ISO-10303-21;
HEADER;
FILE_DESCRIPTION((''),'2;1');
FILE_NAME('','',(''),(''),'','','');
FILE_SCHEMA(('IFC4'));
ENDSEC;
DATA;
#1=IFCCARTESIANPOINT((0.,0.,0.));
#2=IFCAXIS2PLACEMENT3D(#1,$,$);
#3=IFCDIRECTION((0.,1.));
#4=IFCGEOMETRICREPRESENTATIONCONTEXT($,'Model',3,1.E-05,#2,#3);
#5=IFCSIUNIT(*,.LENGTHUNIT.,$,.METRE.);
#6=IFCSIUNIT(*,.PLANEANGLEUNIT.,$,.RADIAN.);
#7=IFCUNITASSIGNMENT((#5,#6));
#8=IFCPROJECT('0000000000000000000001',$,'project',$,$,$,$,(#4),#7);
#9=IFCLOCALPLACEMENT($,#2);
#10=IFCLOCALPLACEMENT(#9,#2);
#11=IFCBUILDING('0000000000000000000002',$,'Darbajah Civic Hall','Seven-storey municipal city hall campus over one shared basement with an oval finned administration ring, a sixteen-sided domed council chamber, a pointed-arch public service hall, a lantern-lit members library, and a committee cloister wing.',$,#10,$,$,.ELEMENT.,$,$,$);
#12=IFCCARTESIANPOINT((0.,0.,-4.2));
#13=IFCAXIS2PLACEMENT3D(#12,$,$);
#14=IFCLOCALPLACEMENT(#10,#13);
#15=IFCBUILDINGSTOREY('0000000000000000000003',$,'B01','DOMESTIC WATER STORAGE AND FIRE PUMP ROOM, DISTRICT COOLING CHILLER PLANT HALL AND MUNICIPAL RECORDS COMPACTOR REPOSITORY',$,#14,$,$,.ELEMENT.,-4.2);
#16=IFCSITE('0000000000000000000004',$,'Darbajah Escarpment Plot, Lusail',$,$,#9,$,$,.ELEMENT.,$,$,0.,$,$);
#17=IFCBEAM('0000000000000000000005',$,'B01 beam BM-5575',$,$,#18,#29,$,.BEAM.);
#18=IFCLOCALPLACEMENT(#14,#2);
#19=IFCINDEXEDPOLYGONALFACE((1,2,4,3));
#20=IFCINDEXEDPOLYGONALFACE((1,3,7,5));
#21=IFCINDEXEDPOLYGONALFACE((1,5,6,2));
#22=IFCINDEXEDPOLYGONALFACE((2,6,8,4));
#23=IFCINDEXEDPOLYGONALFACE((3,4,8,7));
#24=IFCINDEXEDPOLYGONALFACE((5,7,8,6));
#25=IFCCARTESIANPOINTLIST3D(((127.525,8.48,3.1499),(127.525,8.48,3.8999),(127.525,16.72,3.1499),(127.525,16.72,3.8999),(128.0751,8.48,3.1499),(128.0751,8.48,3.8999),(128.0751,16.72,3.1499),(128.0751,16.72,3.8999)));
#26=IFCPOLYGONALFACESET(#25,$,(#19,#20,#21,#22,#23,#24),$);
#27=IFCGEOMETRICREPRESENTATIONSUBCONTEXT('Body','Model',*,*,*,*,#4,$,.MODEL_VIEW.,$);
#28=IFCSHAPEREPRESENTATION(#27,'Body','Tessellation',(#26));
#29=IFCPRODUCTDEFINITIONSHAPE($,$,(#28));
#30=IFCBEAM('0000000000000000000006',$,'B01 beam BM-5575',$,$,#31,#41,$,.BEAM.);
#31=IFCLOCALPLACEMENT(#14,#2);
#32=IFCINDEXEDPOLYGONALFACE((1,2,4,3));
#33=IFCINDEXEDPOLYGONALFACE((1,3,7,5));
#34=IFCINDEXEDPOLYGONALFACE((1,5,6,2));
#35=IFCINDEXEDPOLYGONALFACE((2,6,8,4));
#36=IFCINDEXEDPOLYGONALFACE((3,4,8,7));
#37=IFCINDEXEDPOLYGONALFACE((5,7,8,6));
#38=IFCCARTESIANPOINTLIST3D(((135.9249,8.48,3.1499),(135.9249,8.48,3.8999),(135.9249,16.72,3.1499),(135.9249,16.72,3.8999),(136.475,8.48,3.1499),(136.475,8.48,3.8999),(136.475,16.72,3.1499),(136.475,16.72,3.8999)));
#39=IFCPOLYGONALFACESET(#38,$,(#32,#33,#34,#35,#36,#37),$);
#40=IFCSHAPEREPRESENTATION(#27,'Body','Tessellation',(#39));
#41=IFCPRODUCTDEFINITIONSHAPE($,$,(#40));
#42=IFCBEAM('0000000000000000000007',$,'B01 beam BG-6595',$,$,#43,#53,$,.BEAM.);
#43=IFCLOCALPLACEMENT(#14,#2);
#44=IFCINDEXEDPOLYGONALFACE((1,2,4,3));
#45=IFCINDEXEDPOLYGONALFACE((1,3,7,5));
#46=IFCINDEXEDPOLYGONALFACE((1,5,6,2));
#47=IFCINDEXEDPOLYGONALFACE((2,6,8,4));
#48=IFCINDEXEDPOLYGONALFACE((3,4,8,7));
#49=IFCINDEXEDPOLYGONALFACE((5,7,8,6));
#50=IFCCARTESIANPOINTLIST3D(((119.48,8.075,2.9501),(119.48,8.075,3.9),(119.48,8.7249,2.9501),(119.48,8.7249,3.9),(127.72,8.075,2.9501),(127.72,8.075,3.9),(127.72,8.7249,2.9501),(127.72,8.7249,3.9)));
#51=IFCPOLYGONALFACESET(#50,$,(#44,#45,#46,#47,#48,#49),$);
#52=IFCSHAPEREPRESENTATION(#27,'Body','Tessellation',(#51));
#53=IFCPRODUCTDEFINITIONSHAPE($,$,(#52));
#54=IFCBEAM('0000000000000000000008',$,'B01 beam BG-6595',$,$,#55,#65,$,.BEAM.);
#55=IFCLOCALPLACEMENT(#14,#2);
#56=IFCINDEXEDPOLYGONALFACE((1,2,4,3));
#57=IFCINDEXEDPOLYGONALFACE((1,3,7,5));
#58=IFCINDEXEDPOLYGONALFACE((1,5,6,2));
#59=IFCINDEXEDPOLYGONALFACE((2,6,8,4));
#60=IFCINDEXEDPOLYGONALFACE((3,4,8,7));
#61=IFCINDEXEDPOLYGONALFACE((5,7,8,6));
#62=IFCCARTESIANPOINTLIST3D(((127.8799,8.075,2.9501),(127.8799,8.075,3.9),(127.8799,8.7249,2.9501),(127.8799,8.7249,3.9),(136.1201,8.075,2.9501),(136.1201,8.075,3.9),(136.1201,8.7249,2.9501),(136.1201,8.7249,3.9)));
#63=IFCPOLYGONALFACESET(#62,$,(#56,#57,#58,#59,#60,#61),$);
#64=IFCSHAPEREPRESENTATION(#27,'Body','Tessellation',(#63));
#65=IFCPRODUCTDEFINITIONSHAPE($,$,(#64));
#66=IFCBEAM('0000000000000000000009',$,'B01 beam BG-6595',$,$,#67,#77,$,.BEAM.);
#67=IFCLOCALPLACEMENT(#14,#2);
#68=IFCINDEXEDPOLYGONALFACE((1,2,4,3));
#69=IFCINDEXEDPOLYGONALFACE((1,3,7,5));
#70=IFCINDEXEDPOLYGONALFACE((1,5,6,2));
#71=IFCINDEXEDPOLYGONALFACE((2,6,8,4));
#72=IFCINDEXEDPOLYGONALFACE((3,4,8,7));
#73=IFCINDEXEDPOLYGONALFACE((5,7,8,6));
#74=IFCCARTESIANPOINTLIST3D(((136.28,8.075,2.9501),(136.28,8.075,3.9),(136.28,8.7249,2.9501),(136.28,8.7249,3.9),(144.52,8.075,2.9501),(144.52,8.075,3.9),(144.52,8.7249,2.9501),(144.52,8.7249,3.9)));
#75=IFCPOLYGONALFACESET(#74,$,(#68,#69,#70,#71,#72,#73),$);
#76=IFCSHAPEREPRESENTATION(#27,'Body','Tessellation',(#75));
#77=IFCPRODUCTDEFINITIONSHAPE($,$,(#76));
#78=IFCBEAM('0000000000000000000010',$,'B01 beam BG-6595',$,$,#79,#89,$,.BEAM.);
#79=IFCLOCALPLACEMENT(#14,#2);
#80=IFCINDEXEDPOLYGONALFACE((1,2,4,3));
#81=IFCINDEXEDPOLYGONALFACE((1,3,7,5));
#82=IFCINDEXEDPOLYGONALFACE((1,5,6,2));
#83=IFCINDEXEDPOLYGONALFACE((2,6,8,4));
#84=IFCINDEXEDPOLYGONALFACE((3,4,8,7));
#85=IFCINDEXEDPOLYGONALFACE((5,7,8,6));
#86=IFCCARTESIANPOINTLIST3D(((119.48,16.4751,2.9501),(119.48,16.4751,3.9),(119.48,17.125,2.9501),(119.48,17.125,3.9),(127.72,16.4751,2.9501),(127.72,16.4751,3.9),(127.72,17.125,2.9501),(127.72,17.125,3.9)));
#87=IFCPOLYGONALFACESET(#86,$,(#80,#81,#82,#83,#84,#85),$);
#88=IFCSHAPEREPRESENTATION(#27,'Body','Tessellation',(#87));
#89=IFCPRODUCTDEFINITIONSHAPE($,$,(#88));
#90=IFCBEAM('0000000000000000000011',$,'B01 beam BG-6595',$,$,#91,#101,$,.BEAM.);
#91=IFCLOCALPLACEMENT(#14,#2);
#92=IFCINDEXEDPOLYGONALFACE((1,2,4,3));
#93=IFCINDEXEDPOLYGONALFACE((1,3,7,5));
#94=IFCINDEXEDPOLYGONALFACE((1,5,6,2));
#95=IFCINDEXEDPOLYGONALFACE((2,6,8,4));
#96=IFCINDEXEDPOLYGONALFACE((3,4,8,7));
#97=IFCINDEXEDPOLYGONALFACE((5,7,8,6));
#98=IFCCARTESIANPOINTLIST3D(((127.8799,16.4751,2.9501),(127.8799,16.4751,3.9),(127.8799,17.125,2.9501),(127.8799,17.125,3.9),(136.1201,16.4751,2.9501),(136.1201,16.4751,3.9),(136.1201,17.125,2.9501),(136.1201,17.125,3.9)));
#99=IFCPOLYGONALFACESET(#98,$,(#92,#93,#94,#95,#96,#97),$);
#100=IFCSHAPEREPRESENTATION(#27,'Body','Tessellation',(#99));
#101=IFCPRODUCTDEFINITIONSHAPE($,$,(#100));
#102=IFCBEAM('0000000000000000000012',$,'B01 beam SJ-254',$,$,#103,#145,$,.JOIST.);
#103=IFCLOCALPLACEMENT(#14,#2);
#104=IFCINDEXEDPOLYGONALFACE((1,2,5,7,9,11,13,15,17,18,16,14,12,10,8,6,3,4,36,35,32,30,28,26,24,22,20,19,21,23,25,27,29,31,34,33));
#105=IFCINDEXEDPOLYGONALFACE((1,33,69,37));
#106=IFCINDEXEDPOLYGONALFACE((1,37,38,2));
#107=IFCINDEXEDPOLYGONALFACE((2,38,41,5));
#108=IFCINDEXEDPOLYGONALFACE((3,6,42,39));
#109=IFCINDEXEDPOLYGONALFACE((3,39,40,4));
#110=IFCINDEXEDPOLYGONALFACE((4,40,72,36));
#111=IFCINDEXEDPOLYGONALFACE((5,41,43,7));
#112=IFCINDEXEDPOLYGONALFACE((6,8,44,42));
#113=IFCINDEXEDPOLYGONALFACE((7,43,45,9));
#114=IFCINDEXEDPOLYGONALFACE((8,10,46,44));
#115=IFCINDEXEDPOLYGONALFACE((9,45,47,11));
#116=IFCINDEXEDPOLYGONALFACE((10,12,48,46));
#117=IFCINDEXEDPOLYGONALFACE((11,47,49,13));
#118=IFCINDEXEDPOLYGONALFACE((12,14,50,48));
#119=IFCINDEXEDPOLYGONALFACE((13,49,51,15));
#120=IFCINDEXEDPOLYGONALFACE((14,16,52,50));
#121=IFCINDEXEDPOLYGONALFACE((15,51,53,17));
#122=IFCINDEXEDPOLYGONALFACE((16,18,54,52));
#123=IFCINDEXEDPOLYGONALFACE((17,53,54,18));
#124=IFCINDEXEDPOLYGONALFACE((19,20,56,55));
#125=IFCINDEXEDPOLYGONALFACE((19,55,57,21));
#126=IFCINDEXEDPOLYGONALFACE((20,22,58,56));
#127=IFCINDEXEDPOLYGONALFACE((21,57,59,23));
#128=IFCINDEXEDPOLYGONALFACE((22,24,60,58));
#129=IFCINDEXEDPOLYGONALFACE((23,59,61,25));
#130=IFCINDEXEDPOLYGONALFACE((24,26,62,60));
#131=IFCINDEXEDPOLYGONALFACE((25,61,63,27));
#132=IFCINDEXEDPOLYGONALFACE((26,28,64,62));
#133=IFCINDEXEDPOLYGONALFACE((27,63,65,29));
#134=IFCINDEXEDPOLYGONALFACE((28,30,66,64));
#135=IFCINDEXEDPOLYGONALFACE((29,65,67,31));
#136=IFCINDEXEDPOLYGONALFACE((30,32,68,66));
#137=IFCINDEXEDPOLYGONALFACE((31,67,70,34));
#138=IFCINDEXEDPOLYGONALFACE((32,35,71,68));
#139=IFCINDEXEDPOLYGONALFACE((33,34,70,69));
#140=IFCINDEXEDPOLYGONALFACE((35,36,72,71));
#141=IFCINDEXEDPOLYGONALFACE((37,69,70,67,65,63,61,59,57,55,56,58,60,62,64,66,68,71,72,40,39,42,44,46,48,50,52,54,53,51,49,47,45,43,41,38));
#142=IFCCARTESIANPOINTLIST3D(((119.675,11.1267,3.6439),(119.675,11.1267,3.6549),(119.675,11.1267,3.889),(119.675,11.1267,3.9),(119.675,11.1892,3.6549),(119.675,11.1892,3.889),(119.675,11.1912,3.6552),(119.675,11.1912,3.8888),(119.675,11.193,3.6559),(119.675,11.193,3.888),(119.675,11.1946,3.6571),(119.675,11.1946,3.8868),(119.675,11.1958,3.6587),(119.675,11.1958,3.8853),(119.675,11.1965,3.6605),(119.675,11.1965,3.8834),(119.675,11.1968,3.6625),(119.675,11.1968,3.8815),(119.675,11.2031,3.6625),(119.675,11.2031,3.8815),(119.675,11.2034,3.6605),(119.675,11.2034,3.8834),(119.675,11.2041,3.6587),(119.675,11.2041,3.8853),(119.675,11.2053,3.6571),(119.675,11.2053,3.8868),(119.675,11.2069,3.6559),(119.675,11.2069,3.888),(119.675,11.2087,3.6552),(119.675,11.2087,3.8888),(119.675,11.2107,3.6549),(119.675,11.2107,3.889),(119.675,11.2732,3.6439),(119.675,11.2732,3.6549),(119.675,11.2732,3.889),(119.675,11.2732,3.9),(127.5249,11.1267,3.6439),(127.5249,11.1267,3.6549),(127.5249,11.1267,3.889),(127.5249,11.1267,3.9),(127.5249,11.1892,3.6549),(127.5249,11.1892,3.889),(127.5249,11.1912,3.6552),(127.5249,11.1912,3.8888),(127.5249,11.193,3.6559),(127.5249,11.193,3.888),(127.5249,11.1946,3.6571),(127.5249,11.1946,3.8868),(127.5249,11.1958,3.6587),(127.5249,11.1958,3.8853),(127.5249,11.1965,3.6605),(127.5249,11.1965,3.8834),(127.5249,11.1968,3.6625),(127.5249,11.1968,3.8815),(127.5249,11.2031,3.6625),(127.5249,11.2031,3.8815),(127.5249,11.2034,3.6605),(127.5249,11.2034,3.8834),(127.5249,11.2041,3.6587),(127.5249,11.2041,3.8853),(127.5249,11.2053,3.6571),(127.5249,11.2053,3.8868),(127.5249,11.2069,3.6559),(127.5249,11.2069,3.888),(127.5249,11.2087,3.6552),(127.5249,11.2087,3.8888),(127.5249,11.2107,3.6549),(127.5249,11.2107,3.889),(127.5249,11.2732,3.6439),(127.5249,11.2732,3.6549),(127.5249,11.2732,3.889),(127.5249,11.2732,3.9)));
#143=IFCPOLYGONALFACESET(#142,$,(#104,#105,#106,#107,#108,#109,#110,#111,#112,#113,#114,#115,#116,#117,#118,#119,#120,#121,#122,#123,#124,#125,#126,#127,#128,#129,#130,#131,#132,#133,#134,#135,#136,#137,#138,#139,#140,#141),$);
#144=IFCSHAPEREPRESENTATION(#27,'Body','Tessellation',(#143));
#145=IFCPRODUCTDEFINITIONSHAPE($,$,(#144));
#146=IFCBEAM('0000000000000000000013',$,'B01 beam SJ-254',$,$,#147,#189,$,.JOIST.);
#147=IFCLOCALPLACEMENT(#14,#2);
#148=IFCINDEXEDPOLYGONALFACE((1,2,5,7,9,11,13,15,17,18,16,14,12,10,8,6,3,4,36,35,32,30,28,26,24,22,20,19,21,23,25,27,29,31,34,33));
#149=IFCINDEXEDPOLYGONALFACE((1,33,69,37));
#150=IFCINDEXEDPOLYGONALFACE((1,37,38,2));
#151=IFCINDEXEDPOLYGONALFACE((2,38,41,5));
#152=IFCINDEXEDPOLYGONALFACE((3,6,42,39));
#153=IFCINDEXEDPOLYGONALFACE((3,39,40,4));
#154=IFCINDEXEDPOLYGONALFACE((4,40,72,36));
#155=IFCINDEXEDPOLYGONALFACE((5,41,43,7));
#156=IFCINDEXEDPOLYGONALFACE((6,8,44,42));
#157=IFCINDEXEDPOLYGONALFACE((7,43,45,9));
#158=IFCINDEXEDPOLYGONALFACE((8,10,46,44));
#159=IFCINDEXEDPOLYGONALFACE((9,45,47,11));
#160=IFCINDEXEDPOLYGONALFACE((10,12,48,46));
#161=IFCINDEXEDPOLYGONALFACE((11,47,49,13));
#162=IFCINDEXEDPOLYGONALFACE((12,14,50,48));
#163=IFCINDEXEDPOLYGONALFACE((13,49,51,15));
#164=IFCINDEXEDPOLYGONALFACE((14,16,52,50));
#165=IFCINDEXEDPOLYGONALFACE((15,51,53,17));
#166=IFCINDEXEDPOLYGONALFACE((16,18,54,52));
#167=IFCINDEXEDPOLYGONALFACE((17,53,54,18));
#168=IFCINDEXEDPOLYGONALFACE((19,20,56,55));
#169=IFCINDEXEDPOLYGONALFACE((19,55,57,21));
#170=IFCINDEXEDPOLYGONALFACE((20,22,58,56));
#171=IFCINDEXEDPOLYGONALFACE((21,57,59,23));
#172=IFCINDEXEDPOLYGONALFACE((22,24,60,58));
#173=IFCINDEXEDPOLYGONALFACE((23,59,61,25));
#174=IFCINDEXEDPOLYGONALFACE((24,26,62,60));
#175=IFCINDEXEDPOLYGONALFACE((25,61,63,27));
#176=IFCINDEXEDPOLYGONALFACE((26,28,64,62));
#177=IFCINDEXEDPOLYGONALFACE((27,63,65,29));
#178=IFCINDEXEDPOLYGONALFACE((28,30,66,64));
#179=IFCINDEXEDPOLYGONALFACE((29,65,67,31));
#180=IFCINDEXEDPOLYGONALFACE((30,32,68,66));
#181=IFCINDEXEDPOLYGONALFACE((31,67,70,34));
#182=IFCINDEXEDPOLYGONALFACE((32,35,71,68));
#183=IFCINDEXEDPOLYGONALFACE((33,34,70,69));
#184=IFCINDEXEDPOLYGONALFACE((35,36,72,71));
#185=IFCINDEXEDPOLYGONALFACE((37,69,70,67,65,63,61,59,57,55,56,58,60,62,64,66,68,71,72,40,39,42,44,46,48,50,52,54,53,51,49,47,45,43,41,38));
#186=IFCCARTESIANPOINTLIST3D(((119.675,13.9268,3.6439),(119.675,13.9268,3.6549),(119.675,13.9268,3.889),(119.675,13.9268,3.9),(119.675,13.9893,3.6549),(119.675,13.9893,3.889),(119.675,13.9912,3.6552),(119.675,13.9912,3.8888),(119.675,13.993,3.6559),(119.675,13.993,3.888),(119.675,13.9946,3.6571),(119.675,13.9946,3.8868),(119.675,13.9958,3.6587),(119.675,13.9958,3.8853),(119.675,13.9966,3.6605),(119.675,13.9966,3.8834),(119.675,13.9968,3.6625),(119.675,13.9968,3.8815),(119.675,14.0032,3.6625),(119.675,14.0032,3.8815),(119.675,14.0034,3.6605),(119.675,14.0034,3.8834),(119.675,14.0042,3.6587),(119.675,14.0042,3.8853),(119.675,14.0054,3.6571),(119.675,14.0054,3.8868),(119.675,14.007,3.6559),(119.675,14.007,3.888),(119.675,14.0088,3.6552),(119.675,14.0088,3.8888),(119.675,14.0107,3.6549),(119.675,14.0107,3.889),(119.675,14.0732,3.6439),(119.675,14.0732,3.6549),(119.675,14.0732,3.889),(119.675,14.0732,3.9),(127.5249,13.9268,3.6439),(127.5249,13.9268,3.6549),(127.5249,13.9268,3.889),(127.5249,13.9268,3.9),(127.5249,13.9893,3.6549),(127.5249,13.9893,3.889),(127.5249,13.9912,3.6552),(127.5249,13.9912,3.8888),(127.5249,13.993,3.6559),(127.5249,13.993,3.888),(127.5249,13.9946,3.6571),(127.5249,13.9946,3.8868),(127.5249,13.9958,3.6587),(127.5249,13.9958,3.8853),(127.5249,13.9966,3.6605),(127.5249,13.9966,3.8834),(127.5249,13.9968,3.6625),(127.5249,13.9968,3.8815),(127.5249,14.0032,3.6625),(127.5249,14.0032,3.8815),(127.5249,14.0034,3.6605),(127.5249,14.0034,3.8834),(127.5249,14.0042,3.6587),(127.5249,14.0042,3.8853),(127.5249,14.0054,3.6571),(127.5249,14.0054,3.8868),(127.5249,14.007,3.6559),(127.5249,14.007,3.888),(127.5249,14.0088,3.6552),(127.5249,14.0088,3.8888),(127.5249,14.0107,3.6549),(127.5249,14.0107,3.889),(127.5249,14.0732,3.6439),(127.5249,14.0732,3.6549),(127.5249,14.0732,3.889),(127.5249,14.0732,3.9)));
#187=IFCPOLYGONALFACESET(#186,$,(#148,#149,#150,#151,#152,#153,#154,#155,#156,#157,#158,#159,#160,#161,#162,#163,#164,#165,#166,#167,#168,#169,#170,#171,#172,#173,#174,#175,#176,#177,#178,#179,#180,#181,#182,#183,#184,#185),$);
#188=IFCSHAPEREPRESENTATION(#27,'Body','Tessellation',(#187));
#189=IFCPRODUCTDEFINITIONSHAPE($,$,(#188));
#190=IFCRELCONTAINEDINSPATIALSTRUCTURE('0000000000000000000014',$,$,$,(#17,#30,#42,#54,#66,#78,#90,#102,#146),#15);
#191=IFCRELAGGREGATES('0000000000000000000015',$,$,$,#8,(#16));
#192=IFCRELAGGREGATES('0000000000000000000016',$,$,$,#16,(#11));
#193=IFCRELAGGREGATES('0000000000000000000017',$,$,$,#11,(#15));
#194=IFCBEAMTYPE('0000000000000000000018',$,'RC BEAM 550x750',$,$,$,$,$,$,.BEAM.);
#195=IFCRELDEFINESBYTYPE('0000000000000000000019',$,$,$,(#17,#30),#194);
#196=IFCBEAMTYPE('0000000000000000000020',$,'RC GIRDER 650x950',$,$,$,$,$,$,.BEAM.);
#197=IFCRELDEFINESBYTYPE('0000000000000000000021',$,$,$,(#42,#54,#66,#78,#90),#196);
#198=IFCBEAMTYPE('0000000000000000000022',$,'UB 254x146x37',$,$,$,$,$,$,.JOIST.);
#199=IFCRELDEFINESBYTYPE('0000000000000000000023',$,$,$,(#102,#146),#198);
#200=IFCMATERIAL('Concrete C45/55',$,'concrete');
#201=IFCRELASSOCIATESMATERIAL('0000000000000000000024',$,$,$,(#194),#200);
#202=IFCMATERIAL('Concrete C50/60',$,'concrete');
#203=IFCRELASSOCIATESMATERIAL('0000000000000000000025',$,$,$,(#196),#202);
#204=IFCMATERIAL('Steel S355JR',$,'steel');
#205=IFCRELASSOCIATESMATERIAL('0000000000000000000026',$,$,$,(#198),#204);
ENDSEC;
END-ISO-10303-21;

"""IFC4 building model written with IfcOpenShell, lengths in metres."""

from ifc_helpers import new_model, si_unit, direction, frame, origin, origin_2d, place, context, subcontext, project, spatial, rectangle, i_section, extrude, material, material_profile, profile_set, type_object, element, save


model = new_model("IFC4")

# Units and contexts
model_context = context("Model", 3, precision=1e-05, world=origin(), true_north=direction((0.0, 1.0)))
body_context = subcontext(model_context, "Body", "Model", "MODEL_VIEW")
ifc_project = project(units=[si_unit("LENGTHUNIT", "METRE"), si_unit("PLANEANGLEUNIT", "RADIAN")], contexts=[model_context])

# Site, building, storey
site_placement = place(None, origin())
site = spatial("IfcSite", under=ifc_project, at=site_placement, Name="Darbajah Escarpment Plot, Lusail", CompositionType="ELEMENT", RefElevation=0.0)
building_placement = place(site_placement, origin())
building = spatial("IfcBuilding", under=site, at=building_placement, Name="Darbajah Civic Hall", Description="Seven-storey municipal city hall campus over one shared basement with an oval finned administration ring, a sixteen-sided domed council chamber, a pointed-arch public service hall, a lantern-lit members library, and a committee cloister wing.", CompositionType="ELEMENT")
storey_placement = place(building_placement, frame((0.0, 0.0, -4.2)))
storey = spatial("IfcBuildingStorey", under=building, at=storey_placement, Name="B01", Description="DOMESTIC WATER STORAGE AND FIRE PUMP ROOM, DISTRICT COOLING CHILLER PLANT HALL AND MUNICIPAL RECORDS COMPACTOR REPOSITORY", CompositionType="ELEMENT", Elevation=-4.2)

# Shared definitions
ifc_material_1 = material(Name="Concrete C45/55", Category="concrete")

# Shared definitions
ifc_material_2 = material(Name="Concrete C50/60", Category="concrete")

# Beams
ifc_material_profile_1 = material_profile(ifc_material_1, rectangle(XDim=0.55, YDim=0.75, at=origin_2d()), Name="RC BEAM 550x750")
ifc_profile_set_1 = profile_set([ifc_material_profile_1], Name="Concrete C45/55")
beam_type_1 = type_object("IfcBeamType", Name="RC BEAM 550x750", PredefinedType="BEAM", material=ifc_profile_set_1)
for number, where, z_axis, x_axis, name in (
    (1, (127.8, 8.48, 3.5249), (0.0, 1.0, 0.0), (-1.0, 0.0, 0.0), "B01 beam BM-5575"),
    (2, (136.2, 8.48, 3.5249), (0.0, 1.0, 0.0), (-1.0, 0.0, 0.0), "B01 beam BM-5575"),
):
    element("IfcBeam", number, at=place(storey_placement, frame(where, z_axis=z_axis, x_axis=x_axis)), inside=storey, type_object=beam_type_1, Name=name, PredefinedType="BEAM", context=body_context, shape_type="SweptSolid", body=[
        extrude(rectangle(XDim=0.55, YDim=0.75, at=origin_2d()), origin(), (0.0, 0.0, 1.0), 8.24),
    ])
ifc_material_profile_2 = material_profile(ifc_material_2, rectangle(XDim=0.6499, YDim=0.95, at=origin_2d()), Name="RC GIRDER 650x950")
ifc_profile_set_2 = profile_set([ifc_material_profile_2], Name="Concrete C50/60")
beam_type_2 = type_object("IfcBeamType", Name="RC GIRDER 650x950", PredefinedType="BEAM", material=ifc_profile_set_2)
beam_1_placement = place(storey_placement, frame((119.48, 8.3999, 3.425), z_axis=(1.0, 0.0, 0.0), x_axis=(0.0, 1.0, 0.0)))
element("IfcBeam", 3, at=beam_1_placement, inside=storey, type_object=beam_type_2, Name="B01 beam BG-6595", PredefinedType="BEAM", context=body_context, shape_type="SweptSolid", body=[
    extrude(rectangle(XDim=0.6499, YDim=0.95, at=origin_2d()), origin(), (0.0, 0.0, 1.0), 8.24),
])
beam_2_placement = place(storey_placement, frame((127.8799, 8.3999, 3.425), z_axis=(1.0, 0.0, 0.0), x_axis=(0.0, 1.0, 0.0)))
element("IfcBeam", 4, at=beam_2_placement, inside=storey, type_object=beam_type_2, Name="B01 beam BG-6595", PredefinedType="BEAM", context=body_context, shape_type="SweptSolid", body=[
    extrude(rectangle(XDim=0.6499, YDim=0.95, at=origin_2d()), origin(), (0.0, 0.0, 1.0), 8.2402),
])
for number, where, z_axis, x_axis, name in (
    (5, (136.28, 8.3999, 3.425), (1.0, 0.0, 0.0), (0.0, 1.0, 0.0), "B01 beam BG-6595"),
    (6, (119.48, 16.8, 3.425), (1.0, 0.0, 0.0), (0.0, 1.0, 0.0), "B01 beam BG-6595"),
):
    element("IfcBeam", number, at=place(storey_placement, frame(where, z_axis=z_axis, x_axis=x_axis)), inside=storey, type_object=beam_type_2, Name=name, PredefinedType="BEAM", context=body_context, shape_type="SweptSolid", body=[
        extrude(rectangle(XDim=0.6499, YDim=0.95, at=origin_2d()), origin(), (0.0, 0.0, 1.0), 8.24),
    ])
beam_3_placement = place(storey_placement, frame((127.8799, 16.8, 3.425), z_axis=(1.0, 0.0, 0.0), x_axis=(0.0, 1.0, 0.0)))
element("IfcBeam", 7, at=beam_3_placement, inside=storey, type_object=beam_type_2, Name="B01 beam BG-6595", PredefinedType="BEAM", context=body_context, shape_type="SweptSolid", body=[
    extrude(rectangle(XDim=0.6499, YDim=0.95, at=origin_2d()), origin(), (0.0, 0.0, 1.0), 8.2402),
])
ifc_material_3 = material(Name="Steel S355JR", Category="steel")
ifc_material_profile_3 = material_profile(ifc_material_3, i_section(OverallWidth=0.1465, OverallDepth=0.2561, WebThickness=0.0063, FlangeThickness=0.011, FilletRadius=0.0076, at=origin_2d()), Name="UB 254x146x37")
ifc_profile_set_3 = profile_set([ifc_material_profile_3], Name="Steel S355JR")
beam_type_3 = type_object("IfcBeamType", Name="UB 254x146x37", PredefinedType="JOIST", material=ifc_profile_set_3)
for number, where, z_axis, x_axis, name in (
    (8, (119.675, 11.2, 3.772), (1.0, 0.0, 0.0), (0.0, 1.0, 0.0), "B01 beam SJ-254"),
    (9, (119.675, 14.0, 3.772), (1.0, 0.0, 0.0), (0.0, 1.0, 0.0), "B01 beam SJ-254"),
):
    element("IfcBeam", number, at=place(storey_placement, frame(where, z_axis=z_axis, x_axis=x_axis)), inside=storey, type_object=beam_type_3, Name=name, PredefinedType="JOIST", context=body_context, shape_type="SweptSolid", body=[
        extrude(i_section(OverallWidth=0.1465, OverallDepth=0.2561, WebThickness=0.0063, FlangeThickness=0.011, FilletRadius=0.0076, at=origin_2d()), origin(), (0.0, 0.0, 1.0), 7.8499),
    ])

save(model, "model.ifc")
